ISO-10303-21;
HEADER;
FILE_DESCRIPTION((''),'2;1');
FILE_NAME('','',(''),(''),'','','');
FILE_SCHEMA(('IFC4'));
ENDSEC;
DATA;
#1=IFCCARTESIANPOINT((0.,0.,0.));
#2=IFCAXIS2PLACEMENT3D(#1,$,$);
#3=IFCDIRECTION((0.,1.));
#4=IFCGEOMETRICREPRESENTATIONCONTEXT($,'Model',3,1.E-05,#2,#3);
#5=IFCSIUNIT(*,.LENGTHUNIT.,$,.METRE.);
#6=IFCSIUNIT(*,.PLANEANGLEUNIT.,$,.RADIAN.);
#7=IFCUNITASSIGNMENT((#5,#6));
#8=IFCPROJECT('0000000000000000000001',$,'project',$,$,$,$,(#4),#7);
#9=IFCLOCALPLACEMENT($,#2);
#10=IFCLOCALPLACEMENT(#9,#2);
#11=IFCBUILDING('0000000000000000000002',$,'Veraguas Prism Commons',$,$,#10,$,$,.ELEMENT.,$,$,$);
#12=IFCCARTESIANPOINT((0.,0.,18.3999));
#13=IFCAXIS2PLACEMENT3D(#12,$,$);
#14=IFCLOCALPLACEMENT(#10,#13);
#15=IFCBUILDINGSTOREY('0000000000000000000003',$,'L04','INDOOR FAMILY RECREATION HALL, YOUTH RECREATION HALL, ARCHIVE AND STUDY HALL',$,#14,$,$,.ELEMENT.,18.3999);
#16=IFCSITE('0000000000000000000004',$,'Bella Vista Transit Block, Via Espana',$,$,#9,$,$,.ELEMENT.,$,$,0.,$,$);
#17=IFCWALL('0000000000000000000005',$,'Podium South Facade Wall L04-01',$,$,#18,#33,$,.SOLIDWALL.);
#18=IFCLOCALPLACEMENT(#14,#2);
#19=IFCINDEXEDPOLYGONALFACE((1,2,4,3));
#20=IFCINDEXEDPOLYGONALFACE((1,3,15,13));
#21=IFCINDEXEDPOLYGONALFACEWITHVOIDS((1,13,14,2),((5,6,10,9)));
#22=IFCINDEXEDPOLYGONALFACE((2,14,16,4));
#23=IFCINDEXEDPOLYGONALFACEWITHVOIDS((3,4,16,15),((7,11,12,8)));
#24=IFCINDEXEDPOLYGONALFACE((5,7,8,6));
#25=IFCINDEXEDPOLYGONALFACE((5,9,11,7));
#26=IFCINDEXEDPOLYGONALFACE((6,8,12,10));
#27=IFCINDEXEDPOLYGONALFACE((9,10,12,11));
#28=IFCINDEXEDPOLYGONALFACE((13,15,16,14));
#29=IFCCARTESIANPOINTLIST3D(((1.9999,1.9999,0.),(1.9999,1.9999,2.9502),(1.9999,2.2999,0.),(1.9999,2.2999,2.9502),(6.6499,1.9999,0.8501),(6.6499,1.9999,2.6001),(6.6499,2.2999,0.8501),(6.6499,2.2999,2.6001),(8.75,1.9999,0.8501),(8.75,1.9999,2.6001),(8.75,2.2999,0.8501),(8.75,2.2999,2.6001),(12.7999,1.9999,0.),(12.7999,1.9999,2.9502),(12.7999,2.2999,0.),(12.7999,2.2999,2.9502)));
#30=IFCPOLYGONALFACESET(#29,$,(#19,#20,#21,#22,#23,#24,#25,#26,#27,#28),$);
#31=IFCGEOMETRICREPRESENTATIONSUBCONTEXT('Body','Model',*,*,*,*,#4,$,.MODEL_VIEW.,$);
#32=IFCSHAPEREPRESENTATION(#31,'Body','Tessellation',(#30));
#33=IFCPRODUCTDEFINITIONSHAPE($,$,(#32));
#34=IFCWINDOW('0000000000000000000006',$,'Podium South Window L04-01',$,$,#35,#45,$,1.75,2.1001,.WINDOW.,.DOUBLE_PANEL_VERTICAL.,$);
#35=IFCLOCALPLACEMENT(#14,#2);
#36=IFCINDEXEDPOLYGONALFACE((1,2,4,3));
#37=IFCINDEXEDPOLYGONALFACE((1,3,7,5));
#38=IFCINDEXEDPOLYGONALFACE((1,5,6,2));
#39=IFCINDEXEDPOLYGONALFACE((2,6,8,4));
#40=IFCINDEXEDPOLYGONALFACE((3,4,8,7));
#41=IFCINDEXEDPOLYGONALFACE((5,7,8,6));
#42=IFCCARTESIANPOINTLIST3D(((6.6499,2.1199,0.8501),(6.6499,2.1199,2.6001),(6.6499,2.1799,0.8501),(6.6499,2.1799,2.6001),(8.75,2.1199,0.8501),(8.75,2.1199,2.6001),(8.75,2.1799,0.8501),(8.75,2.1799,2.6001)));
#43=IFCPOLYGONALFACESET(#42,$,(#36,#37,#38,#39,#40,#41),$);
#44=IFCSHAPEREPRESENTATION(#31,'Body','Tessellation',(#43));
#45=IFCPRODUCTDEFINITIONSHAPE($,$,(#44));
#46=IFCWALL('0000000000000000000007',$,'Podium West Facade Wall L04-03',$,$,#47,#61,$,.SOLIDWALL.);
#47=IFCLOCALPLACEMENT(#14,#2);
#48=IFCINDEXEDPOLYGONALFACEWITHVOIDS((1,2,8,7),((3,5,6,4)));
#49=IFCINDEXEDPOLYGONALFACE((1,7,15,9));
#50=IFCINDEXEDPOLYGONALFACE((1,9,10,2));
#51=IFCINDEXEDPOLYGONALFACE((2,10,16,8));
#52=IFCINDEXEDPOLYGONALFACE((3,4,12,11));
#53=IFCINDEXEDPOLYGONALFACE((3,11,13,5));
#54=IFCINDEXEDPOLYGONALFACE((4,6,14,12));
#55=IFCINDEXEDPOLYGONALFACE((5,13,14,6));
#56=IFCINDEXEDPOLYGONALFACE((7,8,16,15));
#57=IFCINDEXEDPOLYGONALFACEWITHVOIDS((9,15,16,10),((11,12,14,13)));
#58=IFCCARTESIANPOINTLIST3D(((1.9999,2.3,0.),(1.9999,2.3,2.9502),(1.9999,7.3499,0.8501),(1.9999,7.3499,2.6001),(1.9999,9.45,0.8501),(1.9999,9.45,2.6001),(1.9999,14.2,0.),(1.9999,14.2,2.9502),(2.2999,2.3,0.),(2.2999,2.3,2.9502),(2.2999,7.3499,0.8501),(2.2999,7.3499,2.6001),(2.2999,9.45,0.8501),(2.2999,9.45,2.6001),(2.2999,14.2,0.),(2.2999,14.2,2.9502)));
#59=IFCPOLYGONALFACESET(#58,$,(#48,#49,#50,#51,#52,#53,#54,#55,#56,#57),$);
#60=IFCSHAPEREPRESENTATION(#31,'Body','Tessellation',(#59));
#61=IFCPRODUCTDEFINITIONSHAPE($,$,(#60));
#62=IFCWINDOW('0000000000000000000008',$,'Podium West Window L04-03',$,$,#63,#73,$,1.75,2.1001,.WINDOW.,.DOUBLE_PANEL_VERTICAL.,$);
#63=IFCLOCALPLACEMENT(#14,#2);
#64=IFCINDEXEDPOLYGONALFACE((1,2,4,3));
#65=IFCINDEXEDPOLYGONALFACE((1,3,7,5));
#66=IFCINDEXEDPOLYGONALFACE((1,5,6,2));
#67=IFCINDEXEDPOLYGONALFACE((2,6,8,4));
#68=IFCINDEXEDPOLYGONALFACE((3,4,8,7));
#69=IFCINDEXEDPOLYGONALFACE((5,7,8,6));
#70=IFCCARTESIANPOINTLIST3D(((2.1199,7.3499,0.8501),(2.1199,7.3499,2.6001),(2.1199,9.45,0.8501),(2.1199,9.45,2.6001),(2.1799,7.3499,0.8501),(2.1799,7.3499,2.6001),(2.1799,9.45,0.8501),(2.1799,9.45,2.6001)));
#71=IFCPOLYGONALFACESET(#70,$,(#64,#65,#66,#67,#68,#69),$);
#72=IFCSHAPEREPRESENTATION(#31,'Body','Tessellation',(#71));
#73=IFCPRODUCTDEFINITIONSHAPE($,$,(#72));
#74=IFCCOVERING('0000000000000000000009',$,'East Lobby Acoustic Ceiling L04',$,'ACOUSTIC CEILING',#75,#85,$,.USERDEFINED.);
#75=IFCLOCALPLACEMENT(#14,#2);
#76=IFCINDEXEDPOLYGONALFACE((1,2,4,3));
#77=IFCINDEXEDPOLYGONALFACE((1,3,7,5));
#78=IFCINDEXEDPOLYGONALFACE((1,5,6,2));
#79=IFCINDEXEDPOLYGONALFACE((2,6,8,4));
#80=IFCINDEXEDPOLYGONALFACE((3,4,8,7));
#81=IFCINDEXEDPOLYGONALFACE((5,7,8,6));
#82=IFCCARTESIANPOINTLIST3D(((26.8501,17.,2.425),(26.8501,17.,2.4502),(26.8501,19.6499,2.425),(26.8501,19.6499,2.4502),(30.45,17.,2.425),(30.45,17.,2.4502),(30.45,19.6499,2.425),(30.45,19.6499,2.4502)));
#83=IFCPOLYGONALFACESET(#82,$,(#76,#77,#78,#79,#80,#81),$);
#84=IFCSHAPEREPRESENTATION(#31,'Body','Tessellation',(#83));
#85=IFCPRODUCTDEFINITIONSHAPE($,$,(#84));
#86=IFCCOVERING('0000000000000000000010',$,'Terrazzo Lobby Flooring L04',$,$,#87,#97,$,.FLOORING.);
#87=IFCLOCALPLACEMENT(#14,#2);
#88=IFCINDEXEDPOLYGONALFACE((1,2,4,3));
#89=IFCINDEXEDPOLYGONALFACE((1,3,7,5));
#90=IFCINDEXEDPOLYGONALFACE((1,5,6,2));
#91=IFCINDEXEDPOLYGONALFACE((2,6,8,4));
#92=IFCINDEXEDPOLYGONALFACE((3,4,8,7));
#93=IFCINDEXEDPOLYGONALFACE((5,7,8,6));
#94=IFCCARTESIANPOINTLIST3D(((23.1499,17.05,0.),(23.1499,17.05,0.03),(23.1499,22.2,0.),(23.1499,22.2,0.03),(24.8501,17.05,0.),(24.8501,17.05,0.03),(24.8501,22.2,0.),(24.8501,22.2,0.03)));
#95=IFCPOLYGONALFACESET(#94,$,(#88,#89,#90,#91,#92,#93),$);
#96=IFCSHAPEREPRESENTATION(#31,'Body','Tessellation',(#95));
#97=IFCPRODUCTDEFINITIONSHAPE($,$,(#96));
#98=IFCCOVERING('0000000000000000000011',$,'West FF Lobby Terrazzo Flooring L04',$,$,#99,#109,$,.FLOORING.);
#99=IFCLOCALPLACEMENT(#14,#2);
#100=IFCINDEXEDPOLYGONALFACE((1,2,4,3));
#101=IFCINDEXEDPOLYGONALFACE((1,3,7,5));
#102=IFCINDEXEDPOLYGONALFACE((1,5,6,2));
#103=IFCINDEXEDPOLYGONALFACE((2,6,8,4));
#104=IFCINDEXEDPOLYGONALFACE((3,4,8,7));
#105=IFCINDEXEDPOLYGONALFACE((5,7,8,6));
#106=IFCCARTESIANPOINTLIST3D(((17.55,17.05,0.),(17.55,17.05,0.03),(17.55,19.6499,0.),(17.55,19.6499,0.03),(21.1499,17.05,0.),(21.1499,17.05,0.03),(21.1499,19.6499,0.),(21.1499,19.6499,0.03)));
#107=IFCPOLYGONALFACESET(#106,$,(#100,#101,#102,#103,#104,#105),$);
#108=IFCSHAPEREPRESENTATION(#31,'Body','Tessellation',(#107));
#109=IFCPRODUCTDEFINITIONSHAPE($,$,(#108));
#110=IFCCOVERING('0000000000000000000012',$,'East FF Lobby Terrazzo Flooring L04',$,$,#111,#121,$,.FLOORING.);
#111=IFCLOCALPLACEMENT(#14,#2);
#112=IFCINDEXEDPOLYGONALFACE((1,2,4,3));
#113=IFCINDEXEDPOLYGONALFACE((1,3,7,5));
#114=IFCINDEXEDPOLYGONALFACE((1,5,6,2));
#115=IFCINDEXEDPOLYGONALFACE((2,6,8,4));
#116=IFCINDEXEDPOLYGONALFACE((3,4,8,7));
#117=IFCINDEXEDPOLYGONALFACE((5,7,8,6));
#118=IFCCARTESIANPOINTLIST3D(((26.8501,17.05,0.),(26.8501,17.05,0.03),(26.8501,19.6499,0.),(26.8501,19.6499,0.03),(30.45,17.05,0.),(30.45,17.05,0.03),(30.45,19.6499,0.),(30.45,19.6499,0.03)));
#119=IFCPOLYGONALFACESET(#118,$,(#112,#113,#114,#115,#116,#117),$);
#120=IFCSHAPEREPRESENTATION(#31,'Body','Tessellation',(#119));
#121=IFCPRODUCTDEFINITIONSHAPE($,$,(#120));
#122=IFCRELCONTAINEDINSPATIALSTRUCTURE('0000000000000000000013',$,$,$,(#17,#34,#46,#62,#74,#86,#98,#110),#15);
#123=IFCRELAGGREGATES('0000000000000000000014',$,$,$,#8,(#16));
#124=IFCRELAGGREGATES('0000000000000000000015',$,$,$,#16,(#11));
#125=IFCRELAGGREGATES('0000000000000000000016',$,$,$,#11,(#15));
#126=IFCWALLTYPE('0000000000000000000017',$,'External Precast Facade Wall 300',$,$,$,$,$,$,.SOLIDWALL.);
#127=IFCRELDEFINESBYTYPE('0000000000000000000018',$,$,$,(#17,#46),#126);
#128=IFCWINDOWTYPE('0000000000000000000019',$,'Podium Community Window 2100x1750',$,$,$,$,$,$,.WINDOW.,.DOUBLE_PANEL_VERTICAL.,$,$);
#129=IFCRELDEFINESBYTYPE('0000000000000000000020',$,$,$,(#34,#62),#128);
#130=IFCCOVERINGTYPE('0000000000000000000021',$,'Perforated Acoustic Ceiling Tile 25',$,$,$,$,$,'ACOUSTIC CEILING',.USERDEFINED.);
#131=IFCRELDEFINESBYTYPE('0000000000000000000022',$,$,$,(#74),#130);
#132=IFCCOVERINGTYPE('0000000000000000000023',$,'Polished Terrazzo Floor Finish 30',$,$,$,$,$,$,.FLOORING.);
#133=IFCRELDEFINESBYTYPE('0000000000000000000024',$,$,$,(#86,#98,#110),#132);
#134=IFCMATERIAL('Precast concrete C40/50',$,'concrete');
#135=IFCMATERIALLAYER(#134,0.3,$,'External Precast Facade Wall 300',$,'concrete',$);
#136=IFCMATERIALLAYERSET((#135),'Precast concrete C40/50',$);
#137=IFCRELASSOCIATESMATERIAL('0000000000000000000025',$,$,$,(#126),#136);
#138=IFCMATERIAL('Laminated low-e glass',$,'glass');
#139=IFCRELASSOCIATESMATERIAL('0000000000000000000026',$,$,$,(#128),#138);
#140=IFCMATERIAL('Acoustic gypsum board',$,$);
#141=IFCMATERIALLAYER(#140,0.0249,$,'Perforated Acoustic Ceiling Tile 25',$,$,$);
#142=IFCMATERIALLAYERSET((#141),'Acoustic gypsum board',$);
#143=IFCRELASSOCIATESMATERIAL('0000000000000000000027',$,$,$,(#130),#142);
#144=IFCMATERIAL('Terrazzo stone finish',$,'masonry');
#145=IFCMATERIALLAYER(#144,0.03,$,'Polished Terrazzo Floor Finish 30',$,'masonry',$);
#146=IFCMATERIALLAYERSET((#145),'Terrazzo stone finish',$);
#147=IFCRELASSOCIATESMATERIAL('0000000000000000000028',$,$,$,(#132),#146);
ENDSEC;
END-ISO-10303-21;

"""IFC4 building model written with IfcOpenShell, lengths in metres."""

from ifc_helpers import new_model, si_unit, direction, frame, frame_2d, origin, place, context, subcontext, project, spatial, polyline, rectangle, outline, extrude, source, transform, mapped, material, layer, layer_set, type_object, element, fill, save


model = new_model("IFC4")

# Units and contexts
model_context = context("Model", 3, precision=1e-05, world=origin(), true_north=direction((0.0, 1.0)))
body_context = subcontext(model_context, "Body", "Model", "MODEL_VIEW")
ifc_project = project(units=[si_unit("LENGTHUNIT", "METRE"), si_unit("PLANEANGLEUNIT", "RADIAN")], contexts=[model_context])

# Site, building, storey
site_placement = place(None, origin())
site = spatial("IfcSite", under=ifc_project, at=site_placement, Name="Bella Vista Transit Block, Via Espana", CompositionType="ELEMENT", RefElevation=0.0)
building_placement = place(site_placement, origin())
building = spatial("IfcBuilding", under=site, at=building_placement, Name="Veraguas Prism Commons", CompositionType="ELEMENT")
storey_placement = place(building_placement, frame((0.0, 0.0, 18.3999)))
storey = spatial("IfcBuildingStorey", under=building, at=storey_placement, Name="L04", Description="INDOOR FAMILY RECREATION HALL, YOUTH RECREATION HALL, ARCHIVE AND STUDY HALL", CompositionType="ELEMENT", Elevation=18.3999)

# Walls, openings, windows
ifc_material_1 = material(Name="Precast concrete C40/50", Category="concrete")
ifc_layer_1 = layer(ifc_material_1, 0.3, Name="External Precast Facade Wall 300", Category="concrete")
ifc_layer_set_1 = layer_set([ifc_layer_1], Name="Precast concrete C40/50")
wall_type_1 = type_object("IfcWallType", Name="External Precast Facade Wall 300", PredefinedType="SOLIDWALL", material=ifc_layer_set_1)
wall_1_placement = place(storey_placement, frame((2.0, 2.1499, 0.0), z_axis=(0.0, 0.0, 1.0), x_axis=(1.0, 0.0, 0.0)))
wall_1 = element("IfcWall", 1, at=wall_1_placement, inside=storey, type_object=wall_type_1, Name="Podium South Facade Wall L04-01", PredefinedType="SOLIDWALL", context=body_context, shape_type="SweptSolid", body=[
    extrude(rectangle(XDim=10.8, YDim=0.3, at=frame_2d((5.3999, 0.0))), origin(), (0.0, 0.0, 1.0), 2.9502),
])
opening_1_placement = place(wall_1_placement, frame((4.6499, 0.0, 0.8501)))
opening_1 = element("IfcOpeningElement", 2, at=opening_1_placement, cuts=wall_1, PredefinedType="OPENING", context=body_context, shape_type="SweptSolid", body=[
    extrude(rectangle(XDim=2.1001, YDim=1.75, at=frame_2d((1.05, 0.875))), frame((0.0, 0.1599, 0.0), z_axis=(0.0, -1.0, 0.0), x_axis=(1.0, 0.0, 0.0)), (0.0, 0.0, 1.0), 0.3201),
])
ifc_material_2 = material(Name="Laminated low-e glass", Category="glass")
window_type = type_object("IfcWindowType", Name="Podium Community Window 2100x1750", PartitioningType="DOUBLE_PANEL_VERTICAL", PredefinedType="WINDOW", material=ifc_material_2)
shared_shape_1 = source(origin(), body_context, "Body", "SweptSolid", [
    extrude(rectangle(XDim=2.1001, YDim=1.75, at=frame_2d((1.05, 0.875))), frame((0.0, 0.03, 0.0), z_axis=(0.0, -1.0, 0.0), x_axis=(1.0, 0.0, 0.0)), (0.0, 0.0, 1.0), 0.0601),
])
window_1_placement = place(opening_1_placement, origin())
window_1 = element("IfcWindow", 3, at=window_1_placement, inside=storey, type_object=window_type, Name="Podium South Window L04-01", OverallHeight=1.75, OverallWidth=2.1001, PartitioningType="DOUBLE_PANEL_VERTICAL", PredefinedType="WINDOW", context=body_context, shape_type="MappedRepresentation", body=[
    mapped(shared_shape_1, transform((0.0, 0.0, 0.0), scale=1.0)),
])
fill(opening_1, window_1)
wall_2_placement = place(storey_placement, frame((2.1499, 14.2, 0.0), z_axis=(0.0, 0.0, 1.0), x_axis=(0.0, -1.0, 0.0)))
wall_2 = element("IfcWall", 4, at=wall_2_placement, inside=storey, type_object=wall_type_1, Name="Podium West Facade Wall L04-03", PredefinedType="SOLIDWALL", context=body_context, shape_type="SweptSolid", body=[
    extrude(rectangle(XDim=11.8999, YDim=0.3, at=frame_2d((5.95, 0.0))), origin(), (0.0, 0.0, 1.0), 2.9502),
])
opening_2_placement = place(wall_2_placement, frame((4.75, 0.0, 0.8501)))
opening_2 = element("IfcOpeningElement", 5, at=opening_2_placement, cuts=wall_2, PredefinedType="OPENING", context=body_context, shape_type="SweptSolid", body=[
    extrude(rectangle(XDim=2.1001, YDim=1.75, at=frame_2d((1.05, 0.875))), frame((0.0, 0.1599, 0.0), z_axis=(0.0, -1.0, 0.0), x_axis=(1.0, 0.0, 0.0)), (0.0, 0.0, 1.0), 0.3201),
])
window_2_placement = place(opening_2_placement, origin())
window_2 = element("IfcWindow", 6, at=window_2_placement, inside=storey, type_object=window_type, Name="Podium West Window L04-03", OverallHeight=1.75, OverallWidth=2.1001, PartitioningType="DOUBLE_PANEL_VERTICAL", PredefinedType="WINDOW", context=body_context, shape_type="MappedRepresentation", body=[
    mapped(shared_shape_1, transform((0.0, 0.0, 0.0), scale=1.0)),
])
fill(opening_2, window_2)

# Coverings
ifc_material_3 = material(Name="Acoustic gypsum board")
ifc_layer_2 = layer(ifc_material_3, 0.0249, Name="Perforated Acoustic Ceiling Tile 25")
ifc_layer_set_2 = layer_set([ifc_layer_2], Name="Acoustic gypsum board")
covering_type_1 = type_object("IfcCoveringType", Name="Perforated Acoustic Ceiling Tile 25", ElementType="ACOUSTIC CEILING", PredefinedType="USERDEFINED", material=ifc_layer_set_2)
covering_1_placement = place(storey_placement, frame((0.0, 0.0, 2.425)))
element("IfcCovering", 7, at=covering_1_placement, inside=storey, type_object=covering_type_1, Name="East Lobby Acoustic Ceiling L04", ObjectType="ACOUSTIC CEILING", PredefinedType="USERDEFINED", context=body_context, shape_type="SweptSolid", body=[
    extrude(outline(polyline([(26.8501, 17.0), (30.45, 17.0), (30.45, 19.6499), (26.8501, 19.6499), (26.8501, 17.0)])), origin(), (0.0, 0.0, 1.0), 0.0251),
])
ifc_material_4 = material(Name="Terrazzo stone finish", Category="masonry")
ifc_layer_3 = layer(ifc_material_4, 0.03, Name="Polished Terrazzo Floor Finish 30", Category="masonry")
ifc_layer_set_3 = layer_set([ifc_layer_3], Name="Terrazzo stone finish")
covering_type_2 = type_object("IfcCoveringType", Name="Polished Terrazzo Floor Finish 30", PredefinedType="FLOORING", material=ifc_layer_set_3)
covering_2_placement = place(storey_placement, origin())
element("IfcCovering", 8, at=covering_2_placement, inside=storey, type_object=covering_type_2, Name="Terrazzo Lobby Flooring L04", PredefinedType="FLOORING", context=body_context, shape_type="SweptSolid", body=[
    extrude(outline(polyline([(23.1499, 17.05), (24.8501, 17.05), (24.8501, 22.2), (23.1499, 22.2), (23.1499, 17.05)])), origin(), (0.0, 0.0, 1.0), 0.03),
])
covering_3_placement = place(storey_placement, origin())
element("IfcCovering", 9, at=covering_3_placement, inside=storey, type_object=covering_type_2, Name="West FF Lobby Terrazzo Flooring L04", PredefinedType="FLOORING", context=body_context, shape_type="SweptSolid", body=[
    extrude(outline(polyline([(17.55, 17.05), (21.1499, 17.05), (21.1499, 19.6499), (17.55, 19.6499), (17.55, 17.05)])), origin(), (0.0, 0.0, 1.0), 0.03),
])
covering_4_placement = place(storey_placement, origin())
element("IfcCovering", 10, at=covering_4_placement, inside=storey, type_object=covering_type_2, Name="East FF Lobby Terrazzo Flooring L04", PredefinedType="FLOORING", context=body_context, shape_type="SweptSolid", body=[
    extrude(outline(polyline([(26.8501, 17.05), (30.45, 17.05), (30.45, 19.6499), (26.8501, 19.6499), (26.8501, 17.05)])), origin(), (0.0, 0.0, 1.0), 0.03),
])

save(model, "model.ifc")
